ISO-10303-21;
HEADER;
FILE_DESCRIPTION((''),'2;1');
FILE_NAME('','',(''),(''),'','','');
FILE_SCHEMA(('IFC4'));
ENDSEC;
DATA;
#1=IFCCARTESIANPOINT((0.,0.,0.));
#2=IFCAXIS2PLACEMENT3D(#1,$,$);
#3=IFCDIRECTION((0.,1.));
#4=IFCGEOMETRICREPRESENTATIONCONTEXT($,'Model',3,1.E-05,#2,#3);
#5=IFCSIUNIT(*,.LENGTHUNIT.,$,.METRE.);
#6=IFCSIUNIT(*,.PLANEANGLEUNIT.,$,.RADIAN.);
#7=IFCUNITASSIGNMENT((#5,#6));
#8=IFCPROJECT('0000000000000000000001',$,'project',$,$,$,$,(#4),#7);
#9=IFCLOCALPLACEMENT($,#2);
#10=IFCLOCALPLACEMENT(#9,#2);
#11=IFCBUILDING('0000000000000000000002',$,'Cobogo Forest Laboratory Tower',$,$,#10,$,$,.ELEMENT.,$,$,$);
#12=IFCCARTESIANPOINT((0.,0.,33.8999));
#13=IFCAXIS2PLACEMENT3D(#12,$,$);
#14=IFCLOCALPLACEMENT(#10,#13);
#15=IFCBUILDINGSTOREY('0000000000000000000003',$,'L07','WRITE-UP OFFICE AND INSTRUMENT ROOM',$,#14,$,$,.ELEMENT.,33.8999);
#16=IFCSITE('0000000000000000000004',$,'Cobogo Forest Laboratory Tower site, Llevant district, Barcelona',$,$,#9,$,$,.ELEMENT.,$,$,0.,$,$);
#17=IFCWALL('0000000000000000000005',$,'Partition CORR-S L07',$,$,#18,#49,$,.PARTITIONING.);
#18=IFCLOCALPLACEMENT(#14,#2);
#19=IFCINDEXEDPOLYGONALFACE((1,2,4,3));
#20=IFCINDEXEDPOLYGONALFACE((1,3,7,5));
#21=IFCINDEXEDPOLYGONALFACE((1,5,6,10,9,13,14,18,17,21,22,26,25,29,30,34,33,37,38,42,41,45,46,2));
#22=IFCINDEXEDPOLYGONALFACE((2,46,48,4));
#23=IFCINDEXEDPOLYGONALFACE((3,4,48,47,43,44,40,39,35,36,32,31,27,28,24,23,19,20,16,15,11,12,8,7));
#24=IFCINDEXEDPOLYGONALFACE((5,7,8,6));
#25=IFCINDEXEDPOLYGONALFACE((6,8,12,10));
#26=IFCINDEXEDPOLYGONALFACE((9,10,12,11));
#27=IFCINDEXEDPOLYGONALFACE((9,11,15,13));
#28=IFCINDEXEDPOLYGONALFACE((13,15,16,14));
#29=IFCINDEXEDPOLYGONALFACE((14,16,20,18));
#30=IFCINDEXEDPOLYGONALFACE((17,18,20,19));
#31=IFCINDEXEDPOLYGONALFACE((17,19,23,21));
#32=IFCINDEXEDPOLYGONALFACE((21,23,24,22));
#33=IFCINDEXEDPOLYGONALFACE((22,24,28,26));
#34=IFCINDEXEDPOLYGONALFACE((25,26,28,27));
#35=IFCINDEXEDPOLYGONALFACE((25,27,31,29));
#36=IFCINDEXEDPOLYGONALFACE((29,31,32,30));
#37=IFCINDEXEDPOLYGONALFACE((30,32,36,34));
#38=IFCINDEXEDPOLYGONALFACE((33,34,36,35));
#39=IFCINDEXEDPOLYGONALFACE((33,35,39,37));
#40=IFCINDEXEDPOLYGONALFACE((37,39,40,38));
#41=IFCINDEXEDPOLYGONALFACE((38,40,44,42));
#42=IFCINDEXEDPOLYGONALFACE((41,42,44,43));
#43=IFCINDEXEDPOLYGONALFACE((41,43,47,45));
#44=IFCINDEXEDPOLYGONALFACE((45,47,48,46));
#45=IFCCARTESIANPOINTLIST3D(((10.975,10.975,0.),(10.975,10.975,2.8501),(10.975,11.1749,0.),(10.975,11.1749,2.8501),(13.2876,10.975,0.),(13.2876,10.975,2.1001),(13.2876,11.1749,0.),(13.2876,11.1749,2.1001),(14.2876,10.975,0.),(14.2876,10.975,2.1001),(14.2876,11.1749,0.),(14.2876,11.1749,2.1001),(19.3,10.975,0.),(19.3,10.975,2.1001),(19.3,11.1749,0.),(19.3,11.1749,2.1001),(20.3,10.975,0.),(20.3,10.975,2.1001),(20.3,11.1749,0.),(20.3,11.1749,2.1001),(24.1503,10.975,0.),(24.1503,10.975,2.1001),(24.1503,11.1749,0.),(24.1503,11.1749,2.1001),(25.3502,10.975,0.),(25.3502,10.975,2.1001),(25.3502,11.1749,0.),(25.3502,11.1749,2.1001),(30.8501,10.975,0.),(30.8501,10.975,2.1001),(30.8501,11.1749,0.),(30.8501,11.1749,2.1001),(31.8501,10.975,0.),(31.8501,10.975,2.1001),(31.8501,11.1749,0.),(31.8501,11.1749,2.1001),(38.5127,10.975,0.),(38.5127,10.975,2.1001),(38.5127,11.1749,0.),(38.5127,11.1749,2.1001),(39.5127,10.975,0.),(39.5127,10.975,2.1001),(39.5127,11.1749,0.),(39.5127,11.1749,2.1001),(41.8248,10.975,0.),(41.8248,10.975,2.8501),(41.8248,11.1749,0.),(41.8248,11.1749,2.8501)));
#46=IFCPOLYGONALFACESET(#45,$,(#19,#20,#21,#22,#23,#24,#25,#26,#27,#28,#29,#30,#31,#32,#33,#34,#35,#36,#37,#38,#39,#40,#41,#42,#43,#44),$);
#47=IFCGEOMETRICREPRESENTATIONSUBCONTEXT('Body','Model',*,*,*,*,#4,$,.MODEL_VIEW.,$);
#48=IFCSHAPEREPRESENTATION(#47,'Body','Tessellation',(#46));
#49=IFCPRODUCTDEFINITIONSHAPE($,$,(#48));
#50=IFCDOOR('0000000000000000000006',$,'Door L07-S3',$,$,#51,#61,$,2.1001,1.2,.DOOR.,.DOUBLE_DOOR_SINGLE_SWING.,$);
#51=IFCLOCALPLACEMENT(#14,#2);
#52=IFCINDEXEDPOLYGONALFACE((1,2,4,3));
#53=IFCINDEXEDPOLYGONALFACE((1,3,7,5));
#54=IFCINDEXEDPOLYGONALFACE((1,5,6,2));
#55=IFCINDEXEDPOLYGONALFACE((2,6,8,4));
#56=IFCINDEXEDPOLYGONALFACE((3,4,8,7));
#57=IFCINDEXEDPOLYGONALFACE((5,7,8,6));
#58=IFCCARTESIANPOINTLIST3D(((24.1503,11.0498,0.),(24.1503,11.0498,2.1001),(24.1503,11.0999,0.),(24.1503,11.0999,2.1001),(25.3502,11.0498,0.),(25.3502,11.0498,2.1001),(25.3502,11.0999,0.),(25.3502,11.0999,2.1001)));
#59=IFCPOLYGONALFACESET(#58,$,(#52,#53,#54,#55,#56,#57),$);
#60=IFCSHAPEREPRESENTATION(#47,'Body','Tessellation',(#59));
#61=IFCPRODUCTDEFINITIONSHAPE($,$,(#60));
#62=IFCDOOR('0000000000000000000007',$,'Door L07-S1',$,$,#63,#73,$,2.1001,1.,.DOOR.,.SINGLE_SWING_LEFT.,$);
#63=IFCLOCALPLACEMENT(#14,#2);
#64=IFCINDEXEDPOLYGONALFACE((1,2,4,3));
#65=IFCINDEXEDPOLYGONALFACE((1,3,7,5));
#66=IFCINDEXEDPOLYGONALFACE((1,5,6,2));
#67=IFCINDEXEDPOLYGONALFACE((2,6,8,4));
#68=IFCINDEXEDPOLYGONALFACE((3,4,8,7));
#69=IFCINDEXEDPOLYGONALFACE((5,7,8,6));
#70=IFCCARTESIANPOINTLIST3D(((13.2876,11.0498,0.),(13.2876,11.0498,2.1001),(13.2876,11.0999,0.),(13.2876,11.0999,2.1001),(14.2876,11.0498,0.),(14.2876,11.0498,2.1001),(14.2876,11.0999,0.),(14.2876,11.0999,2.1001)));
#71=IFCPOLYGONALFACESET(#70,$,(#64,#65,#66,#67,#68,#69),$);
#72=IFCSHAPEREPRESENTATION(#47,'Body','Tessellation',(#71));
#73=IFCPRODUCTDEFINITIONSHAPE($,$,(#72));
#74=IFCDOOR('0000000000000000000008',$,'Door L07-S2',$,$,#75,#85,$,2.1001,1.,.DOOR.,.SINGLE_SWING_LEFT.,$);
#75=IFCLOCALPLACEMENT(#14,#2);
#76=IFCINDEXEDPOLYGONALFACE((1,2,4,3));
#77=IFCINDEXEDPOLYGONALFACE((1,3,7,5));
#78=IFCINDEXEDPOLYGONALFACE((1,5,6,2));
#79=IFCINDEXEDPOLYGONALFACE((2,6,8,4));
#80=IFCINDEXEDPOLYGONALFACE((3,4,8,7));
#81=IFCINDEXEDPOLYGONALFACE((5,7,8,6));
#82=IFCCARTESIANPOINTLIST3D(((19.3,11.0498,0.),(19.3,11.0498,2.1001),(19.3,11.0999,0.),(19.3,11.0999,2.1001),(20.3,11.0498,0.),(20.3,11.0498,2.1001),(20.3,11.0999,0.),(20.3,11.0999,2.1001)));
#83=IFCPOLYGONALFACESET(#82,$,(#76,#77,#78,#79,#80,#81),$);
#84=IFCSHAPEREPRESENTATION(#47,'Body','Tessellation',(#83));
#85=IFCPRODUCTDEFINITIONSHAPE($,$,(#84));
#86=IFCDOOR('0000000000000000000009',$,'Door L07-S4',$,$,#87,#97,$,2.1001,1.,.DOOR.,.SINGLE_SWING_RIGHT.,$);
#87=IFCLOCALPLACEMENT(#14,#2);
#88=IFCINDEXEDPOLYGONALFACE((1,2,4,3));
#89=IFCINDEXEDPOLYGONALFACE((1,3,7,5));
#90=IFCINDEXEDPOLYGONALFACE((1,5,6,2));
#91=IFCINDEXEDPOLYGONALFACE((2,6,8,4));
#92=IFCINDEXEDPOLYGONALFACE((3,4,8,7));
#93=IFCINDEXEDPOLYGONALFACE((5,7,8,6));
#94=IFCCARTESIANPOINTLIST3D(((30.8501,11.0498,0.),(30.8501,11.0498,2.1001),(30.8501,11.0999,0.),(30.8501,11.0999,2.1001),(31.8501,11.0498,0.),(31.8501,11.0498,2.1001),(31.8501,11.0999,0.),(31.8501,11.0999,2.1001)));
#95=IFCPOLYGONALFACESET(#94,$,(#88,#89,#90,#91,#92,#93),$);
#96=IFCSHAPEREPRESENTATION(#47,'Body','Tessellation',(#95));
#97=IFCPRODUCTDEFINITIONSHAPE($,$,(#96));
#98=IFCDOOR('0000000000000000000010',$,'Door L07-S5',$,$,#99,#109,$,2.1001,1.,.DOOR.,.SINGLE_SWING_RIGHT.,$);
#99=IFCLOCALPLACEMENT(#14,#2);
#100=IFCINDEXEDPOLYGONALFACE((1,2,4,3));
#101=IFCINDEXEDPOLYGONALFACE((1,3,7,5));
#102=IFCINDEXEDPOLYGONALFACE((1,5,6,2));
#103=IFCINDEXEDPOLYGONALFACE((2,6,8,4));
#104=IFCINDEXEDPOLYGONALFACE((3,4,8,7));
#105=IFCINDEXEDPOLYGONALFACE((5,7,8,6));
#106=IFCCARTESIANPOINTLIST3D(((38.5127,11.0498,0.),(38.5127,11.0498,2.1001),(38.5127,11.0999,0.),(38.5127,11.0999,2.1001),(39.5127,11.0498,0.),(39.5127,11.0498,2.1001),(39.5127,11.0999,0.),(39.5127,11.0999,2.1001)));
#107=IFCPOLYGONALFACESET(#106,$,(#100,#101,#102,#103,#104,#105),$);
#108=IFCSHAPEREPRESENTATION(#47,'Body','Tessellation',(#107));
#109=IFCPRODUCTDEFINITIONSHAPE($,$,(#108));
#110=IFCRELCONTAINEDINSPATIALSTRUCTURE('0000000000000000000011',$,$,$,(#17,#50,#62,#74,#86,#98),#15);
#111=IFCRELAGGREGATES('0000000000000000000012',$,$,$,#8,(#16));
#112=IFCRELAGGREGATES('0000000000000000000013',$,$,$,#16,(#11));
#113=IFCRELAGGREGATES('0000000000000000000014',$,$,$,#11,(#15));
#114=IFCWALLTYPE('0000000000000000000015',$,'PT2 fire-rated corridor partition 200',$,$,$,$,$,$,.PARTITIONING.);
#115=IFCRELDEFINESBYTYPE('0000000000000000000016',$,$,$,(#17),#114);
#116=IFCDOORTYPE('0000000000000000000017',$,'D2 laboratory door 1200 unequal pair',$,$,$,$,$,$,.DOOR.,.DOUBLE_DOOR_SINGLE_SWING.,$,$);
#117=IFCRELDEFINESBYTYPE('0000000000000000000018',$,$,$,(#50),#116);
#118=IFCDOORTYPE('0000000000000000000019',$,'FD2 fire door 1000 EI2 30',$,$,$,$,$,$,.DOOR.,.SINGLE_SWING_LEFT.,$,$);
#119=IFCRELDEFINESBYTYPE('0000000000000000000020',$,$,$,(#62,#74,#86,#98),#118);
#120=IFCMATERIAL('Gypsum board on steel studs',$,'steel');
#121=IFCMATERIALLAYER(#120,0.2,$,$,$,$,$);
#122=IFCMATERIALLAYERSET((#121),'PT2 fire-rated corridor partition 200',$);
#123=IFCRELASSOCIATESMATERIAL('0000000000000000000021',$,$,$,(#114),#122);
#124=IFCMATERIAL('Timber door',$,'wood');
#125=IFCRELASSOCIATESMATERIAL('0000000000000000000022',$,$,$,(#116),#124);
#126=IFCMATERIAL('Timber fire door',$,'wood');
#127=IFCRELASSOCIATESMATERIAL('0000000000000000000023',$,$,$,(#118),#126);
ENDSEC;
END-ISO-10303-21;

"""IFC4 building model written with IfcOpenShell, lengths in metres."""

from ifc_helpers import new_model, si_unit, direction, frame, frame_2d, origin, place, context, subcontext, project, spatial, rectangle, extrude, material, layer, layer_set, type_object, element, fill, save


model = new_model("IFC4")

# Units and contexts
model_context = context("Model", 3, precision=1e-05, world=origin(), true_north=direction((0.0, 1.0)))
body_context = subcontext(model_context, "Body", "Model", "MODEL_VIEW")
ifc_project = project(units=[si_unit("LENGTHUNIT", "METRE"), si_unit("PLANEANGLEUNIT", "RADIAN")], contexts=[model_context])

# Site, building, storey
site_placement = place(None, origin())
site = spatial("IfcSite", under=ifc_project, at=site_placement, Name="Cobogo Forest Laboratory Tower site, Llevant district, Barcelona", CompositionType="ELEMENT", RefElevation=0.0)
building_placement = place(site_placement, origin())
building = spatial("IfcBuilding", under=site, at=building_placement, Name="Cobogo Forest Laboratory Tower", CompositionType="ELEMENT")
storey_placement = place(building_placement, frame((0.0, 0.0, 33.8999)))
storey = spatial("IfcBuildingStorey", under=building, at=storey_placement, Name="L07", Description="WRITE-UP OFFICE AND INSTRUMENT ROOM", CompositionType="ELEMENT", Elevation=33.8999)

# Shared definitions
ifc_material_1 = material(Name="Gypsum board on steel studs", Category="steel")

# Wall, openings, doors
ifc_layer_1 = layer(ifc_material_1, 0.2)
ifc_layer_set_1 = layer_set([ifc_layer_1], Name="PT2 fire-rated corridor partition 200")
wall_type_1 = type_object("IfcWallType", Name="PT2 fire-rated corridor partition 200", PredefinedType="PARTITIONING", material=ifc_layer_set_1)
wall_1_placement = place(storey_placement, frame((10.9751, 11.075, 0.0), z_axis=(0.0, 0.0, 1.0), x_axis=(1.0, 0.0, 0.0)))
wall_1 = element("IfcWall", 1, at=wall_1_placement, inside=storey, type_object=wall_type_1, Name="Partition CORR-S L07", PredefinedType="PARTITIONING", context=body_context, shape_type="SweptSolid", body=[
    extrude(rectangle(XDim=30.8499, YDim=0.2, at=frame_2d((15.4248, 0.0))), origin(), (0.0, 0.0, 1.0), 2.8501),
])
opening_1_placement = place(wall_1_placement, frame((2.3125, 0.0, 0.0)))
opening_1 = element("IfcOpeningElement", 2, at=opening_1_placement, cuts=wall_1, PredefinedType="OPENING", context=body_context, shape_type="SweptSolid", body=[
    extrude(rectangle(XDim=1.0, YDim=2.1001, at=frame_2d((0.5, 1.05))), frame((0.0, 0.1099, 0.0), z_axis=(0.0, -1.0, 0.0), x_axis=(1.0, 0.0, 0.0)), (0.0, 0.0, 1.0), 0.22),
])
opening_2_placement = place(wall_1_placement, frame((8.325, 0.0, 0.0)))
opening_2 = element("IfcOpeningElement", 3, at=opening_2_placement, cuts=wall_1, PredefinedType="OPENING", context=body_context, shape_type="SweptSolid", body=[
    extrude(rectangle(XDim=1.0, YDim=2.1001, at=frame_2d((0.5, 1.05))), frame((0.0, 0.1099, 0.0), z_axis=(0.0, -1.0, 0.0), x_axis=(1.0, 0.0, 0.0)), (0.0, 0.0, 1.0), 0.22),
])
opening_3_placement = place(wall_1_placement, frame((13.175, 0.0, 0.0)))
opening_3 = element("IfcOpeningElement", 4, at=opening_3_placement, cuts=wall_1, PredefinedType="OPENING", context=body_context, shape_type="SweptSolid", body=[
    extrude(rectangle(XDim=1.2, YDim=2.1001, at=frame_2d((0.6001, 1.05))), frame((0.0, 0.1099, 0.0), z_axis=(0.0, -1.0, 0.0), x_axis=(1.0, 0.0, 0.0)), (0.0, 0.0, 1.0), 0.22),
])
opening_4_placement = place(wall_1_placement, frame((19.875, 0.0, 0.0)))
opening_4 = element("IfcOpeningElement", 5, at=opening_4_placement, cuts=wall_1, PredefinedType="OPENING", context=body_context, shape_type="SweptSolid", body=[
    extrude(rectangle(XDim=1.0, YDim=2.1001, at=frame_2d((0.5, 1.05))), frame((0.0, 0.1099, 0.0), z_axis=(0.0, -1.0, 0.0), x_axis=(1.0, 0.0, 0.0)), (0.0, 0.0, 1.0), 0.22),
])
opening_5_placement = place(wall_1_placement, frame((27.5376, 0.0, 0.0)))
opening_5 = element("IfcOpeningElement", 6, at=opening_5_placement, cuts=wall_1, PredefinedType="OPENING", context=body_context, shape_type="SweptSolid", body=[
    extrude(rectangle(XDim=1.0, YDim=2.1001, at=frame_2d((0.5, 1.05))), frame((0.0, 0.1099, 0.0), z_axis=(0.0, -1.0, 0.0), x_axis=(1.0, 0.0, 0.0)), (0.0, 0.0, 1.0), 0.22),
])
ifc_material_2 = material(Name="Timber door", Category="wood")
door_type_1 = type_object("IfcDoorType", Name="D2 laboratory door 1200 unequal pair", OperationType="DOUBLE_DOOR_SINGLE_SWING", PredefinedType="DOOR", material=ifc_material_2)
door_1_placement = place(opening_3_placement, origin())
door_1 = element("IfcDoor", 7, at=door_1_placement, inside=storey, type_object=door_type_1, Name="Door L07-S3", OperationType="DOUBLE_DOOR_SINGLE_SWING", OverallHeight=2.1001, OverallWidth=1.2, PredefinedType="DOOR", context=body_context, shape_type="SweptSolid", body=[
    extrude(rectangle(XDim=1.2, YDim=2.1001, at=frame_2d((0.6001, 1.05))), frame((0.0, 0.0249, 0.0), z_axis=(0.0, -1.0, 0.0), x_axis=(1.0, 0.0, 0.0)), (0.0, 0.0, 1.0), 0.05),
])
fill(opening_3, door_1)
ifc_material_3 = material(Name="Timber fire door", Category="wood")
door_type_2 = type_object("IfcDoorType", Name="FD2 fire door 1000 EI2 30", OperationType="SINGLE_SWING_LEFT", PredefinedType="DOOR", material=ifc_material_3)
door_2_placement = place(opening_1_placement, origin())
door_2 = element("IfcDoor", 8, at=door_2_placement, inside=storey, type_object=door_type_2, Name="Door L07-S1", OperationType="SINGLE_SWING_LEFT", OverallHeight=2.1001, OverallWidth=1.0, PredefinedType="DOOR", context=body_context, shape_type="SweptSolid", body=[
    extrude(rectangle(XDim=1.0, YDim=2.1001, at=frame_2d((0.5, 1.05))), frame((0.0, 0.0249, 0.0), z_axis=(0.0, -1.0, 0.0), x_axis=(1.0, 0.0, 0.0)), (0.0, 0.0, 1.0), 0.05),
])
fill(opening_1, door_2)
door_3_placement = place(opening_2_placement, origin())
door_3 = element("IfcDoor", 9, at=door_3_placement, inside=storey, type_object=door_type_2, Name="Door L07-S2", OperationType="SINGLE_SWING_LEFT", OverallHeight=2.1001, OverallWidth=1.0, PredefinedType="DOOR", context=body_context, shape_type="SweptSolid", body=[
    extrude(rectangle(XDim=1.0, YDim=2.1001, at=frame_2d((0.5, 1.05))), frame((0.0, 0.0249, 0.0), z_axis=(0.0, -1.0, 0.0), x_axis=(1.0, 0.0, 0.0)), (0.0, 0.0, 1.0), 0.05),
])
fill(opening_2, door_3)
door_4_placement = place(opening_4_placement, origin())
door_4 = element("IfcDoor", 10, at=door_4_placement, inside=storey, type_object=door_type_2, Name="Door L07-S4", OperationType="SINGLE_SWING_RIGHT", OverallHeight=2.1001, OverallWidth=1.0, PredefinedType="DOOR", context=body_context, shape_type="SweptSolid", body=[
    extrude(rectangle(XDim=1.0, YDim=2.1001, at=frame_2d((0.5, 1.05))), frame((0.0, 0.0249, 0.0), z_axis=(0.0, -1.0, 0.0), x_axis=(1.0, 0.0, 0.0)), (0.0, 0.0, 1.0), 0.05),
])
fill(opening_4, door_4)
door_5_placement = place(opening_5_placement, origin())
door_5 = element("IfcDoor", 11, at=door_5_placement, inside=storey, type_object=door_type_2, Name="Door L07-S5", OperationType="SINGLE_SWING_RIGHT", OverallHeight=2.1001, OverallWidth=1.0, PredefinedType="DOOR", context=body_context, shape_type="SweptSolid", body=[
    extrude(rectangle(XDim=1.0, YDim=2.1001, at=frame_2d((0.5, 1.05))), frame((0.0, 0.0249, 0.0), z_axis=(0.0, -1.0, 0.0), x_axis=(1.0, 0.0, 0.0)), (0.0, 0.0, 1.0), 0.05),
])
fill(opening_5, door_5)

save(model, "model.ifc")
